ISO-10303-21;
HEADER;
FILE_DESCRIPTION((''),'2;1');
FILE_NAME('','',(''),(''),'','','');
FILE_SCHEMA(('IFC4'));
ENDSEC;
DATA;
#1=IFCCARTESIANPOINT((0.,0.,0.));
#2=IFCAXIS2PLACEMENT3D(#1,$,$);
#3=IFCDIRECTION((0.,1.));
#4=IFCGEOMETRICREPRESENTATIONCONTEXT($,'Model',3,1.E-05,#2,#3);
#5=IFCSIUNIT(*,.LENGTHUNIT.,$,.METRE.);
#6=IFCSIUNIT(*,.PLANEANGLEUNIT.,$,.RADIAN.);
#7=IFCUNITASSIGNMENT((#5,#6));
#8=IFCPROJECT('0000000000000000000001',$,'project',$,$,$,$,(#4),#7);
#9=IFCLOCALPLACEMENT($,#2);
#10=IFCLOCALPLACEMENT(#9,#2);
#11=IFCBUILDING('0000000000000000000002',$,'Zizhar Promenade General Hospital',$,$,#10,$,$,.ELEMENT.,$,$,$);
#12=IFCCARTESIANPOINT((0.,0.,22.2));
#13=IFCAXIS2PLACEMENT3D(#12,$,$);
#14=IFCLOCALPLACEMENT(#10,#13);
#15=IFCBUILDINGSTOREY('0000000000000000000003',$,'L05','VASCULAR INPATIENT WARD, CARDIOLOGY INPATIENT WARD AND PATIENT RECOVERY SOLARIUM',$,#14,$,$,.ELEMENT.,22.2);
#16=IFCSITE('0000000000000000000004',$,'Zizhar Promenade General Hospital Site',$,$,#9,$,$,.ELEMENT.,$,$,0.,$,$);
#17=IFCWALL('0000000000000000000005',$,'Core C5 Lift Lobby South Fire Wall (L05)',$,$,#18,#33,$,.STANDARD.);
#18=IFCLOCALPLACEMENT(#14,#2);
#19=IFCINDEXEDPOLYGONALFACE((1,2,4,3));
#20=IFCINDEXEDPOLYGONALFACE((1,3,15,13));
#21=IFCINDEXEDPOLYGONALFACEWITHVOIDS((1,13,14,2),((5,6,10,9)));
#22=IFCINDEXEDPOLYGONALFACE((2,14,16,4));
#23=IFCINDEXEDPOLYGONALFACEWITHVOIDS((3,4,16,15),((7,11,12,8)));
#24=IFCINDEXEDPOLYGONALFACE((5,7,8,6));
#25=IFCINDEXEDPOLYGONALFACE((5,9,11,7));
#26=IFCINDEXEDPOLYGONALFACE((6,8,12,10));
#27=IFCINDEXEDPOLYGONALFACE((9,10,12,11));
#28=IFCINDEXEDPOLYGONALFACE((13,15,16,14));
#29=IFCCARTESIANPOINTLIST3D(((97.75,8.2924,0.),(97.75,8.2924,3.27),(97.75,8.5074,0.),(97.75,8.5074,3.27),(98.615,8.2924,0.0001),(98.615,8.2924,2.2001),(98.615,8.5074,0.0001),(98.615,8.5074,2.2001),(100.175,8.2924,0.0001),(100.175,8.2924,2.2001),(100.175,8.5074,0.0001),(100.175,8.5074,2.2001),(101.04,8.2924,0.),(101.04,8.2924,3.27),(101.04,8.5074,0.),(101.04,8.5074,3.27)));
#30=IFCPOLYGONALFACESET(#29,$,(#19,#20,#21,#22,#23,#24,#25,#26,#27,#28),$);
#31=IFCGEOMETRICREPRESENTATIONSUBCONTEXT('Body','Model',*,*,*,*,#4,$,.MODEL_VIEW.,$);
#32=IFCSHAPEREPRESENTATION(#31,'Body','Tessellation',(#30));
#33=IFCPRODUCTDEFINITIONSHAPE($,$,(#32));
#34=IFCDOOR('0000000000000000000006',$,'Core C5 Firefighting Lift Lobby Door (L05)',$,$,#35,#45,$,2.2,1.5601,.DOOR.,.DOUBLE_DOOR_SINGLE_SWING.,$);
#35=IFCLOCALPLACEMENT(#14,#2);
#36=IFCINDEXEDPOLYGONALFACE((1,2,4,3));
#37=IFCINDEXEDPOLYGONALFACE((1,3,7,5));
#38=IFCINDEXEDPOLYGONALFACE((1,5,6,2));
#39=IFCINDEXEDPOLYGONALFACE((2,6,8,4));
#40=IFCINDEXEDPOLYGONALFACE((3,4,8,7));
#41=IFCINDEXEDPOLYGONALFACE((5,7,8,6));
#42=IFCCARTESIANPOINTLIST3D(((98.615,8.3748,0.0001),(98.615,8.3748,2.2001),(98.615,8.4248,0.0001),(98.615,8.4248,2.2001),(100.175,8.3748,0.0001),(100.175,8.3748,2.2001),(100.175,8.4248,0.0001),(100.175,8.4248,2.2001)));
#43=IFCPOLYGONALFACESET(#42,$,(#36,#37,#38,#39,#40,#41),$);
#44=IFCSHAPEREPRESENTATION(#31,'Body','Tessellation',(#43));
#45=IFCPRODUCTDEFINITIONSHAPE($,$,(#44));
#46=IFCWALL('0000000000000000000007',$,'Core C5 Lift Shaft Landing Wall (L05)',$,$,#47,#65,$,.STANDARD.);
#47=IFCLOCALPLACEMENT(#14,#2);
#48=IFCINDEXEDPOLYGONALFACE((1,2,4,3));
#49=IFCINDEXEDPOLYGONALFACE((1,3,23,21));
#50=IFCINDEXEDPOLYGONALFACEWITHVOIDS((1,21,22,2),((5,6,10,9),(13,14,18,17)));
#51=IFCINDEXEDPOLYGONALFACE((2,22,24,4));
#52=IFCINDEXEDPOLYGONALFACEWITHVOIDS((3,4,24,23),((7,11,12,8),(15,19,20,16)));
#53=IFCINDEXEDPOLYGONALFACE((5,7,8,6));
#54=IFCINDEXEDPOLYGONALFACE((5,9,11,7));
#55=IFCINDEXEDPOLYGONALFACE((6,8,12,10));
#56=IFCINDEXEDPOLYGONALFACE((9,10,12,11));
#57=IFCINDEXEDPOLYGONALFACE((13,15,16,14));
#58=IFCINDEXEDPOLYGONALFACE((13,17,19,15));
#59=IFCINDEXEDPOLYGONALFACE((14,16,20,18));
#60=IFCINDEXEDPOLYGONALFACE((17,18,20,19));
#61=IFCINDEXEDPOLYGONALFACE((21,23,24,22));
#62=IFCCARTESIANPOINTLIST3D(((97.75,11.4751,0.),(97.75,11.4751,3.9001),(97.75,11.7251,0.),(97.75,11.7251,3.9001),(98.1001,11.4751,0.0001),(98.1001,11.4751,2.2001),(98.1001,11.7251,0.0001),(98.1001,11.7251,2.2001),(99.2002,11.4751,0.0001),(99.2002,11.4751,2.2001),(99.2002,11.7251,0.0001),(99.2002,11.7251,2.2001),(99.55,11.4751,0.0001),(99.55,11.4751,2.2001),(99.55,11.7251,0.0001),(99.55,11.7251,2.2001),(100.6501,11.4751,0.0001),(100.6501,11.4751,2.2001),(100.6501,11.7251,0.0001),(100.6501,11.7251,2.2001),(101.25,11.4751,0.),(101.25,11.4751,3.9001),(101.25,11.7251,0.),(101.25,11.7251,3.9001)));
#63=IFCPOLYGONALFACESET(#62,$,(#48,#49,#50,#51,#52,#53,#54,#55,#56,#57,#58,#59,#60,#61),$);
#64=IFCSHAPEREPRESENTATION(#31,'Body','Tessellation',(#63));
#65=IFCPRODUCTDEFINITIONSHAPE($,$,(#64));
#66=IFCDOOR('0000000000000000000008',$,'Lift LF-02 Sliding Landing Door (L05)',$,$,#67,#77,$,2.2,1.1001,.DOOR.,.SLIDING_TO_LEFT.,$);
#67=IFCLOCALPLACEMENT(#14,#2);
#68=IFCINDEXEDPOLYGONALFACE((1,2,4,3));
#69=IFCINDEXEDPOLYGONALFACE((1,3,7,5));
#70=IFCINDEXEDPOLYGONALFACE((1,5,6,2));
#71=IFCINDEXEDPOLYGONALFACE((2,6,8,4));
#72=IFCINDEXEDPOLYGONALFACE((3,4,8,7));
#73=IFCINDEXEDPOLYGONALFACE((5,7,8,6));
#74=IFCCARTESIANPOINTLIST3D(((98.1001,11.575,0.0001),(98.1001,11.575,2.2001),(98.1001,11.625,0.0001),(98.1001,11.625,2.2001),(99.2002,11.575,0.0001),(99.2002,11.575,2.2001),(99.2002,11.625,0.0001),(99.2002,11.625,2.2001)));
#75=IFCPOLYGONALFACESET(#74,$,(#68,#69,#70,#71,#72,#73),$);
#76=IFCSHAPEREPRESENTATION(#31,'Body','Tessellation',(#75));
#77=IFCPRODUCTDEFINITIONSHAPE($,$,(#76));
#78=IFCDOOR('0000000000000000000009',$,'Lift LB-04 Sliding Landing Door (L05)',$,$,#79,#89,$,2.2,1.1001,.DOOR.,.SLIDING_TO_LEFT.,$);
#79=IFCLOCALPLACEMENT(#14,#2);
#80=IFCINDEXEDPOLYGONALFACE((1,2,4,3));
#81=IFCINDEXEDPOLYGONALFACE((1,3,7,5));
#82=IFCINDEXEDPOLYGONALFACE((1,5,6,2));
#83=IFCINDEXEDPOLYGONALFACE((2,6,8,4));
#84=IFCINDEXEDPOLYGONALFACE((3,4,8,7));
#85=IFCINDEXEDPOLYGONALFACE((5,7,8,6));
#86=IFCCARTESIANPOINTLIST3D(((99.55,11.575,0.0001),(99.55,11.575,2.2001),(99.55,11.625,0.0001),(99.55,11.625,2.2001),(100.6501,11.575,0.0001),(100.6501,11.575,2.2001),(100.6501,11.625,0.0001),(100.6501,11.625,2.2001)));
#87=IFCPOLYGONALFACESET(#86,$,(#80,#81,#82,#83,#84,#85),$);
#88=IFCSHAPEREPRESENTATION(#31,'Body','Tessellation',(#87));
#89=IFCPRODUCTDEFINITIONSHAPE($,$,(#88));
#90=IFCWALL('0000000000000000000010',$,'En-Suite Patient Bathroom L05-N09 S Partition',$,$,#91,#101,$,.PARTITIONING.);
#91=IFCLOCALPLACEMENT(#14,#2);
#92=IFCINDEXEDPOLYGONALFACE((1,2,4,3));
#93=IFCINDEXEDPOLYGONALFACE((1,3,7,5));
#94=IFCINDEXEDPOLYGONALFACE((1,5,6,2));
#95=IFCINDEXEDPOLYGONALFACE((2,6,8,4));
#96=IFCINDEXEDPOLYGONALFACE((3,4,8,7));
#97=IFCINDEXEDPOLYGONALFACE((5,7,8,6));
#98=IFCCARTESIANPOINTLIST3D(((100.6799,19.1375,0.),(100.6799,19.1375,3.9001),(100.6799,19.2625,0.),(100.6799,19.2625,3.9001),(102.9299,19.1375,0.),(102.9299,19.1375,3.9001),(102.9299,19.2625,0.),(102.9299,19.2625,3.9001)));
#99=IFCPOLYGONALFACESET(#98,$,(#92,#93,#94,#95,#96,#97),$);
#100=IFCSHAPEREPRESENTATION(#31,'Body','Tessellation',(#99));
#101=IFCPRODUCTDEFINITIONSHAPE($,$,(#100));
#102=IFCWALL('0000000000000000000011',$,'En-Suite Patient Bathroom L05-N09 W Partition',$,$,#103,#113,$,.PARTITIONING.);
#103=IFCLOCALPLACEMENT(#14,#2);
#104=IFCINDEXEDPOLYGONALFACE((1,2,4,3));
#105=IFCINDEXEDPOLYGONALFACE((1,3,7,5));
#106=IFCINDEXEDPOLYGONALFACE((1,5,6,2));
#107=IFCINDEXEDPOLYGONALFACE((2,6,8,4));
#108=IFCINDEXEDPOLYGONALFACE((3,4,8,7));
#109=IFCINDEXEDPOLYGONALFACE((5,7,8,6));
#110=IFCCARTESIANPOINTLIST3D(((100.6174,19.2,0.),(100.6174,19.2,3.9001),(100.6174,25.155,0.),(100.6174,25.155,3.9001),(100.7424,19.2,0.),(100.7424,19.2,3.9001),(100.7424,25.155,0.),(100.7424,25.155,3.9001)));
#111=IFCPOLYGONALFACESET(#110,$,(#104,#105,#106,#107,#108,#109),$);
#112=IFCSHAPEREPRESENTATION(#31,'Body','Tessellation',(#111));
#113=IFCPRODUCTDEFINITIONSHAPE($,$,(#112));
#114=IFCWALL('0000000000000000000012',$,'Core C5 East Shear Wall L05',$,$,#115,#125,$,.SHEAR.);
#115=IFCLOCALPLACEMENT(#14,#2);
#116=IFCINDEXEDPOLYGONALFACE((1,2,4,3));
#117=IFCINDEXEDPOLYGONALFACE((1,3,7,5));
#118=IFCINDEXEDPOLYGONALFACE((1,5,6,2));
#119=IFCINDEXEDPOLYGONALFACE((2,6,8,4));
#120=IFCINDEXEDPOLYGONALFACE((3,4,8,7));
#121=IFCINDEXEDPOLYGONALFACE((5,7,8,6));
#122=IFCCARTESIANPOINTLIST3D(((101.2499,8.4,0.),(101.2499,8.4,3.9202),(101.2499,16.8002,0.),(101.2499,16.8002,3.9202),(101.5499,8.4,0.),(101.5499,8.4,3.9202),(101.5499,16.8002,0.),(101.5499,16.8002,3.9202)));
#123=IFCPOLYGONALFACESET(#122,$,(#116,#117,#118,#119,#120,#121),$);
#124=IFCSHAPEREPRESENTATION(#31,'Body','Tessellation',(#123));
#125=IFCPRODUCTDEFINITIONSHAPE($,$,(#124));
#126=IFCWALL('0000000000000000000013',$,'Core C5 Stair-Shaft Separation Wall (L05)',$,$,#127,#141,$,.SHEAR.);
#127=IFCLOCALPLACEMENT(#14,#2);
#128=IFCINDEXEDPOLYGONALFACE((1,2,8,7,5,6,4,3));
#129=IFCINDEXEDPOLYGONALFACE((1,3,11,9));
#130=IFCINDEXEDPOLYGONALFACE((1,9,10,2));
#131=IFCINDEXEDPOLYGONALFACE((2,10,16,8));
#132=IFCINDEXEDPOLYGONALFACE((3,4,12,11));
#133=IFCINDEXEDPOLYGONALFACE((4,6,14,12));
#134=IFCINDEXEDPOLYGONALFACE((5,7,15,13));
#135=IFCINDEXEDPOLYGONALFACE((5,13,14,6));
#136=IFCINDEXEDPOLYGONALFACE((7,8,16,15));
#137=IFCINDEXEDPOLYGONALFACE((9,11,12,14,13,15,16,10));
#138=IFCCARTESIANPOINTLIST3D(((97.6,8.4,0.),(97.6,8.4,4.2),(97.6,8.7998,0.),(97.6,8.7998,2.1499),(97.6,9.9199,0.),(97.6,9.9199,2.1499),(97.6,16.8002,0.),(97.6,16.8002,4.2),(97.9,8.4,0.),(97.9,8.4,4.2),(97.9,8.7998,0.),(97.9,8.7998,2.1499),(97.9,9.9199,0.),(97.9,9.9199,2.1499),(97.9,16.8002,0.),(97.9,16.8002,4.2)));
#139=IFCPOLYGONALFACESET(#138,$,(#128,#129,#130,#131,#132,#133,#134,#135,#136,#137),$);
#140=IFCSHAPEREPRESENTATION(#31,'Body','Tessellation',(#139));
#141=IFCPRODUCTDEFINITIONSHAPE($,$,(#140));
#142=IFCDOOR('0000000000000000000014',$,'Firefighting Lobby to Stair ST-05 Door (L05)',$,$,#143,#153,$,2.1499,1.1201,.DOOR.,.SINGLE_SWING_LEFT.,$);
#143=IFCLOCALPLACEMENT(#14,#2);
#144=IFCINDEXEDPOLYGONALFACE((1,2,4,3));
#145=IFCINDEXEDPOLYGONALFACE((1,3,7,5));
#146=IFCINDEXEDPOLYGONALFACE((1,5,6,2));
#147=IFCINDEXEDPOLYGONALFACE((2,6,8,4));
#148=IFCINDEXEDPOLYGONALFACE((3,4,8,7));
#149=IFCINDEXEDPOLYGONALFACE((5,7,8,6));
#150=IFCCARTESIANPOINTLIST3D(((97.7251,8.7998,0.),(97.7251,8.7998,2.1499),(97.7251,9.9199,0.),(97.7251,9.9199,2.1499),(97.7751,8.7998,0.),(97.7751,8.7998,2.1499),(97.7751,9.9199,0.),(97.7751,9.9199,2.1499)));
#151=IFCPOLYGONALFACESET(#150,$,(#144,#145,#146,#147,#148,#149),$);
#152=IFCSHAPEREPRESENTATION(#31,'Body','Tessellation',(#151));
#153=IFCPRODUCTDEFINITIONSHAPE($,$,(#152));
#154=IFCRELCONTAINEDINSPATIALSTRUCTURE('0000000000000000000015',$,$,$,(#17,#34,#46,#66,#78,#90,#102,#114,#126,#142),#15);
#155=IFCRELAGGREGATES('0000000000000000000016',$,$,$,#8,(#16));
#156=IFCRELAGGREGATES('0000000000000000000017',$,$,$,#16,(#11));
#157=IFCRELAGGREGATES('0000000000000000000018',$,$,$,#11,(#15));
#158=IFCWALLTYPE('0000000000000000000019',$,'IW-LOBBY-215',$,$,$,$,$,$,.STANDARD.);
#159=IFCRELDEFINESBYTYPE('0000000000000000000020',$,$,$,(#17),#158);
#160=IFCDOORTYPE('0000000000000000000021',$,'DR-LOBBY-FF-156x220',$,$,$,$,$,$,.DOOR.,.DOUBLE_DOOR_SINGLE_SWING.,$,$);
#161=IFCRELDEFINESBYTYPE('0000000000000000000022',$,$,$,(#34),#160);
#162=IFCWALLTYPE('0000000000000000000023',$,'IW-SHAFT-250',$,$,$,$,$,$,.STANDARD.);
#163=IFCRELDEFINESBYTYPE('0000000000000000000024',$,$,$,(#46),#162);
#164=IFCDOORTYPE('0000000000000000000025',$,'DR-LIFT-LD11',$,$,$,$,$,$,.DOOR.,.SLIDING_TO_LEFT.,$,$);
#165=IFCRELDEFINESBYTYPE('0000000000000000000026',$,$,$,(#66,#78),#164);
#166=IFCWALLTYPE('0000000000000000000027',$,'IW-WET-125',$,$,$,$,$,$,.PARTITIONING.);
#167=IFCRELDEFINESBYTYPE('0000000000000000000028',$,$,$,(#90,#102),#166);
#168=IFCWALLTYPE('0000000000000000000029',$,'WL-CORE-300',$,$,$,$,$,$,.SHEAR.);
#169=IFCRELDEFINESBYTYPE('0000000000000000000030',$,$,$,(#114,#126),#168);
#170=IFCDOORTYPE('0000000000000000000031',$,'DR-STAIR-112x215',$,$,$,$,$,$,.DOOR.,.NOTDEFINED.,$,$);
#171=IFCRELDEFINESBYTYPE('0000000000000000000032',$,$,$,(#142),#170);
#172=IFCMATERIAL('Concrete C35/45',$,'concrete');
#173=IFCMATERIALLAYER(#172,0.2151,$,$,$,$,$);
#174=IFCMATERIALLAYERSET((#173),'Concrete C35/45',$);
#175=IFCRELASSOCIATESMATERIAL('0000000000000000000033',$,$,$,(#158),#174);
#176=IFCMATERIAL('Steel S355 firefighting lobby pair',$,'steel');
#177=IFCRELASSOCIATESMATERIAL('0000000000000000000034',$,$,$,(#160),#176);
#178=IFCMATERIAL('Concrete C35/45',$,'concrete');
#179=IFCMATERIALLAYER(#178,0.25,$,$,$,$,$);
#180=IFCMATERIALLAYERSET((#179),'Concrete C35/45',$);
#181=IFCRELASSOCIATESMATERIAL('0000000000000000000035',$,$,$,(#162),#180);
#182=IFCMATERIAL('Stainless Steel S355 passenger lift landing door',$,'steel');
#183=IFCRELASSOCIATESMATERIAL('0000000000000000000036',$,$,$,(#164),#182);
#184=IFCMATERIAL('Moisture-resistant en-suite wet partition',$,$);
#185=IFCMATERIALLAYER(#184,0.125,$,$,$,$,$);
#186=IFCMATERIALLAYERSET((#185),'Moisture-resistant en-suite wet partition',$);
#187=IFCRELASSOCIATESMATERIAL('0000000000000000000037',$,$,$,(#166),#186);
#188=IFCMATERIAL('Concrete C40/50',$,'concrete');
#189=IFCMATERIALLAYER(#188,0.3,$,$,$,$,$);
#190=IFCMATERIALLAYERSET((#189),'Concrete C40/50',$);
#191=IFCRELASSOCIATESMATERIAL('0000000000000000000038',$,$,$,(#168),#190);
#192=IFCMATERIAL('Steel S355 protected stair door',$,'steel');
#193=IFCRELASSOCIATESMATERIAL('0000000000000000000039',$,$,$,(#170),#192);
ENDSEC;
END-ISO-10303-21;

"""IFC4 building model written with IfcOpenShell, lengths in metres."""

from ifc_helpers import new_model, si_unit, direction, frame, frame_2d, origin, place, context, subcontext, project, spatial, rectangle, extrude, material, layer, layer_set, type_object, element, fill, save


model = new_model("IFC4")

# Units and contexts
model_context = context("Model", 3, precision=1e-05, world=origin(), true_north=direction((0.0, 1.0)))
body_context = subcontext(model_context, "Body", "Model", "MODEL_VIEW")
ifc_project = project(units=[si_unit("LENGTHUNIT", "METRE"), si_unit("PLANEANGLEUNIT", "RADIAN")], contexts=[model_context])

# Site, building, storey
site_placement = place(None, origin())
site = spatial("IfcSite", under=ifc_project, at=site_placement, Name="Zizhar Promenade General Hospital Site", CompositionType="ELEMENT", RefElevation=0.0)
building_placement = place(site_placement, origin())
building = spatial("IfcBuilding", under=site, at=building_placement, Name="Zizhar Promenade General Hospital", CompositionType="ELEMENT")
storey_placement = place(building_placement, frame((0.0, 0.0, 22.2)))
storey = spatial("IfcBuildingStorey", under=building, at=storey_placement, Name="L05", Description="VASCULAR INPATIENT WARD, CARDIOLOGY INPATIENT WARD AND PATIENT RECOVERY SOLARIUM", CompositionType="ELEMENT", Elevation=22.2)

# Wall, opening, door
ifc_material_1 = material(Name="Concrete C35/45", Category="concrete")
ifc_layer_1 = layer(ifc_material_1, 0.2151)
ifc_layer_set_1 = layer_set([ifc_layer_1], Name="Concrete C35/45")
wall_type_1 = type_object("IfcWallType", Name="IW-LOBBY-215", PredefinedType="STANDARD", material=ifc_layer_set_1)
wall_1_placement = place(storey_placement, frame((97.75, 8.3999, 0.0), z_axis=(0.0, 0.0, 1.0), x_axis=(1.0, 0.0, 0.0)))
wall_1 = element("IfcWall", 1, at=wall_1_placement, inside=storey, type_object=wall_type_1, Name="Core C5 Lift Lobby South Fire Wall (L05)", PredefinedType="STANDARD", context=body_context, shape_type="SweptSolid", body=[
    extrude(rectangle(XDim=3.29, YDim=0.2151, at=frame_2d((1.645, 0.0))), origin(), (0.0, 0.0, 1.0), 3.27),
])
opening_1_placement = place(wall_1_placement, frame((0.865, 0.0, 0.0)))
opening_1 = element("IfcOpeningElement", 2, at=opening_1_placement, cuts=wall_1, PredefinedType="OPENING", context=body_context, shape_type="SweptSolid", body=[
    extrude(rectangle(XDim=1.5601, YDim=2.2, at=frame_2d((0.78, 1.1001))), frame((0.0, 0.1177, 0.0), z_axis=(0.0, -1.0, 0.0), x_axis=(1.0, 0.0, 0.0)), (0.0, 0.0, 1.0), 0.2351),
])
ifc_material_2 = material(Name="Steel S355 firefighting lobby pair", Category="steel")
door_type_1 = type_object("IfcDoorType", Name="DR-LOBBY-FF-156x220", OperationType="DOUBLE_DOOR_SINGLE_SWING", PredefinedType="DOOR", material=ifc_material_2)
door_1_placement = place(opening_1_placement, origin())
door_1 = element("IfcDoor", 3, at=door_1_placement, inside=storey, type_object=door_type_1, Name="Core C5 Firefighting Lift Lobby Door (L05)", OperationType="DOUBLE_DOOR_SINGLE_SWING", OverallHeight=2.2, OverallWidth=1.5601, PredefinedType="DOOR", context=body_context, shape_type="SweptSolid", body=[
    extrude(rectangle(XDim=1.5601, YDim=2.2, at=frame_2d((0.78, 1.1001))), frame((0.0, 0.0249, 0.0), z_axis=(0.0, -1.0, 0.0), x_axis=(1.0, 0.0, 0.0)), (0.0, 0.0, 1.0), 0.05),
])
fill(opening_1, door_1)

# Wall, openings, doors
ifc_material_3 = material(Name="Concrete C35/45", Category="concrete")
ifc_layer_2 = layer(ifc_material_3, 0.25)
ifc_layer_set_2 = layer_set([ifc_layer_2], Name="Concrete C35/45")
wall_type_2 = type_object("IfcWallType", Name="IW-SHAFT-250", PredefinedType="STANDARD", material=ifc_layer_set_2)
wall_2_placement = place(storey_placement, frame((97.75, 11.6001, 0.0), z_axis=(0.0, 0.0, 1.0), x_axis=(1.0, 0.0, 0.0)))
wall_2 = element("IfcWall", 4, at=wall_2_placement, inside=storey, type_object=wall_type_2, Name="Core C5 Lift Shaft Landing Wall (L05)", PredefinedType="STANDARD", context=body_context, shape_type="SweptSolid", body=[
    extrude(rectangle(XDim=3.5, YDim=0.25, at=frame_2d((1.75, 0.0))), origin(), (0.0, 0.0, 1.0), 3.9001),
])
opening_2_placement = place(wall_2_placement, frame((0.3501, 0.0, 0.0)))
opening_2 = element("IfcOpeningElement", 5, at=opening_2_placement, cuts=wall_2, PredefinedType="OPENING", context=body_context, shape_type="SweptSolid", body=[
    extrude(rectangle(XDim=1.1001, YDim=2.2, at=frame_2d((0.55, 1.1001))), frame((0.0, 0.135, 0.0), z_axis=(0.0, -1.0, 0.0), x_axis=(1.0, 0.0, 0.0)), (0.0, 0.0, 1.0), 0.27),
])
opening_3_placement = place(wall_2_placement, frame((1.8, 0.0, 0.0)))
opening_3 = element("IfcOpeningElement", 6, at=opening_3_placement, cuts=wall_2, PredefinedType="OPENING", context=body_context, shape_type="SweptSolid", body=[
    extrude(rectangle(XDim=1.1001, YDim=2.2, at=frame_2d((0.55, 1.1001))), frame((0.0, 0.135, 0.0), z_axis=(0.0, -1.0, 0.0), x_axis=(1.0, 0.0, 0.0)), (0.0, 0.0, 1.0), 0.27),
])
ifc_material_4 = material(Name="Stainless Steel S355 passenger lift landing door", Category="steel")
door_type_2 = type_object("IfcDoorType", Name="DR-LIFT-LD11", OperationType="SLIDING_TO_LEFT", PredefinedType="DOOR", material=ifc_material_4)
door_2_placement = place(opening_2_placement, origin())
door_2 = element("IfcDoor", 7, at=door_2_placement, inside=storey, type_object=door_type_2, Name="Lift LF-02 Sliding Landing Door (L05)", OperationType="SLIDING_TO_LEFT", OverallHeight=2.2, OverallWidth=1.1001, PredefinedType="DOOR", context=body_context, shape_type="SweptSolid", body=[
    extrude(rectangle(XDim=1.1001, YDim=2.2, at=frame_2d((0.55, 1.1001))), frame((0.0, 0.0249, 0.0), z_axis=(0.0, -1.0, 0.0), x_axis=(1.0, 0.0, 0.0)), (0.0, 0.0, 1.0), 0.05),
])
fill(opening_2, door_2)
door_3_placement = place(opening_3_placement, origin())
door_3 = element("IfcDoor", 8, at=door_3_placement, inside=storey, type_object=door_type_2, Name="Lift LB-04 Sliding Landing Door (L05)", OperationType="SLIDING_TO_LEFT", OverallHeight=2.2, OverallWidth=1.1001, PredefinedType="DOOR", context=body_context, shape_type="SweptSolid", body=[
    extrude(rectangle(XDim=1.1001, YDim=2.2, at=frame_2d((0.55, 1.1001))), frame((0.0, 0.0249, 0.0), z_axis=(0.0, -1.0, 0.0), x_axis=(1.0, 0.0, 0.0)), (0.0, 0.0, 1.0), 0.05),
])
fill(opening_3, door_3)

# Walls
ifc_material_5 = material(Name="Moisture-resistant en-suite wet partition")
ifc_layer_3 = layer(ifc_material_5, 0.125)
ifc_layer_set_3 = layer_set([ifc_layer_3], Name="Moisture-resistant en-suite wet partition")
wall_type_3 = type_object("IfcWallType", Name="IW-WET-125", PredefinedType="PARTITIONING", material=ifc_layer_set_3)
wall_3_placement = place(storey_placement, frame((100.6799, 19.2, 0.0), z_axis=(0.0, 0.0, 1.0), x_axis=(1.0, 0.0, 0.0)))
element("IfcWall", 9, at=wall_3_placement, inside=storey, type_object=wall_type_3, Name="En-Suite Patient Bathroom L05-N09 S Partition", PredefinedType="PARTITIONING", context=body_context, shape_type="SweptSolid", body=[
    extrude(rectangle(XDim=2.25, YDim=0.125, at=frame_2d((1.125, 0.0))), origin(), (0.0, 0.0, 1.0), 3.9001),
])
wall_4_placement = place(storey_placement, frame((100.6799, 19.2, 0.0), z_axis=(0.0, 0.0, 1.0), x_axis=(0.0, 1.0, 0.0)))
element("IfcWall", 10, at=wall_4_placement, inside=storey, type_object=wall_type_3, Name="En-Suite Patient Bathroom L05-N09 W Partition", PredefinedType="PARTITIONING", context=body_context, shape_type="SweptSolid", body=[
    extrude(rectangle(XDim=5.9551, YDim=0.125, at=frame_2d((2.9775, 0.0))), origin(), (0.0, 0.0, 1.0), 3.9001),
])
ifc_material_6 = material(Name="Concrete C40/50", Category="concrete")
ifc_layer_4 = layer(ifc_material_6, 0.3)
ifc_layer_set_4 = layer_set([ifc_layer_4], Name="Concrete C40/50")
wall_type_4 = type_object("IfcWallType", Name="WL-CORE-300", PredefinedType="SHEAR", material=ifc_layer_set_4)
wall_5_placement = place(storey_placement, frame((101.3999, 8.3999, 0.0), z_axis=(0.0, 0.0, 1.0), x_axis=(0.0, 1.0, 0.0)))
element("IfcWall", 11, at=wall_5_placement, inside=storey, type_object=wall_type_4, Name="Core C5 East Shear Wall L05", PredefinedType="SHEAR", context=body_context, shape_type="SweptSolid", body=[
    extrude(rectangle(XDim=8.4001, YDim=0.3, at=frame_2d((4.2002, 0.0))), origin(), (0.0, 0.0, 1.0), 3.9202),
])

# Wall, opening, door
wall_6_placement = place(storey_placement, frame((97.75, 8.3999, 0.0), z_axis=(0.0, 0.0, 1.0), x_axis=(0.0, 1.0, 0.0)))
wall_6 = element("IfcWall", 12, at=wall_6_placement, inside=storey, type_object=wall_type_4, Name="Core C5 Stair-Shaft Separation Wall (L05)", PredefinedType="SHEAR", context=body_context, shape_type="SweptSolid", body=[
    extrude(rectangle(XDim=8.4001, YDim=0.3, at=frame_2d((4.2002, 0.0))), origin(), (0.0, 0.0, 1.0), 4.2),
])
opening_4_placement = place(wall_6_placement, frame((0.3999, 0.0, 0.0)))
opening_4 = element("IfcOpeningElement", 13, at=opening_4_placement, cuts=wall_6, PredefinedType="OPENING", context=body_context, shape_type="SweptSolid", body=[
    extrude(rectangle(XDim=1.1201, YDim=2.1499, at=frame_2d((0.5601, 1.075))), frame((0.0, 0.1602, 0.0), z_axis=(0.0, -1.0, 0.0), x_axis=(1.0, 0.0, 0.0)), (0.0, 0.0, 1.0), 0.3201),
])
ifc_material_7 = material(Name="Steel S355 protected stair door", Category="steel")
door_type_3 = type_object("IfcDoorType", Name="DR-STAIR-112x215", OperationType="NOTDEFINED", PredefinedType="DOOR", material=ifc_material_7)
door_4_placement = place(opening_4_placement, origin())
door_4 = element("IfcDoor", 14, at=door_4_placement, inside=storey, type_object=door_type_3, Name="Firefighting Lobby to Stair ST-05 Door (L05)", OperationType="SINGLE_SWING_LEFT", OverallHeight=2.1499, OverallWidth=1.1201, PredefinedType="DOOR", context=body_context, shape_type="SweptSolid", body=[
    extrude(rectangle(XDim=1.1201, YDim=2.1499, at=frame_2d((0.5601, 1.075))), frame((0.0, 0.0249, 0.0), z_axis=(0.0, -1.0, 0.0), x_axis=(1.0, 0.0, 0.0)), (0.0, 0.0, 1.0), 0.05),
])
fill(opening_4, door_4)

save(model, "model.ifc")
